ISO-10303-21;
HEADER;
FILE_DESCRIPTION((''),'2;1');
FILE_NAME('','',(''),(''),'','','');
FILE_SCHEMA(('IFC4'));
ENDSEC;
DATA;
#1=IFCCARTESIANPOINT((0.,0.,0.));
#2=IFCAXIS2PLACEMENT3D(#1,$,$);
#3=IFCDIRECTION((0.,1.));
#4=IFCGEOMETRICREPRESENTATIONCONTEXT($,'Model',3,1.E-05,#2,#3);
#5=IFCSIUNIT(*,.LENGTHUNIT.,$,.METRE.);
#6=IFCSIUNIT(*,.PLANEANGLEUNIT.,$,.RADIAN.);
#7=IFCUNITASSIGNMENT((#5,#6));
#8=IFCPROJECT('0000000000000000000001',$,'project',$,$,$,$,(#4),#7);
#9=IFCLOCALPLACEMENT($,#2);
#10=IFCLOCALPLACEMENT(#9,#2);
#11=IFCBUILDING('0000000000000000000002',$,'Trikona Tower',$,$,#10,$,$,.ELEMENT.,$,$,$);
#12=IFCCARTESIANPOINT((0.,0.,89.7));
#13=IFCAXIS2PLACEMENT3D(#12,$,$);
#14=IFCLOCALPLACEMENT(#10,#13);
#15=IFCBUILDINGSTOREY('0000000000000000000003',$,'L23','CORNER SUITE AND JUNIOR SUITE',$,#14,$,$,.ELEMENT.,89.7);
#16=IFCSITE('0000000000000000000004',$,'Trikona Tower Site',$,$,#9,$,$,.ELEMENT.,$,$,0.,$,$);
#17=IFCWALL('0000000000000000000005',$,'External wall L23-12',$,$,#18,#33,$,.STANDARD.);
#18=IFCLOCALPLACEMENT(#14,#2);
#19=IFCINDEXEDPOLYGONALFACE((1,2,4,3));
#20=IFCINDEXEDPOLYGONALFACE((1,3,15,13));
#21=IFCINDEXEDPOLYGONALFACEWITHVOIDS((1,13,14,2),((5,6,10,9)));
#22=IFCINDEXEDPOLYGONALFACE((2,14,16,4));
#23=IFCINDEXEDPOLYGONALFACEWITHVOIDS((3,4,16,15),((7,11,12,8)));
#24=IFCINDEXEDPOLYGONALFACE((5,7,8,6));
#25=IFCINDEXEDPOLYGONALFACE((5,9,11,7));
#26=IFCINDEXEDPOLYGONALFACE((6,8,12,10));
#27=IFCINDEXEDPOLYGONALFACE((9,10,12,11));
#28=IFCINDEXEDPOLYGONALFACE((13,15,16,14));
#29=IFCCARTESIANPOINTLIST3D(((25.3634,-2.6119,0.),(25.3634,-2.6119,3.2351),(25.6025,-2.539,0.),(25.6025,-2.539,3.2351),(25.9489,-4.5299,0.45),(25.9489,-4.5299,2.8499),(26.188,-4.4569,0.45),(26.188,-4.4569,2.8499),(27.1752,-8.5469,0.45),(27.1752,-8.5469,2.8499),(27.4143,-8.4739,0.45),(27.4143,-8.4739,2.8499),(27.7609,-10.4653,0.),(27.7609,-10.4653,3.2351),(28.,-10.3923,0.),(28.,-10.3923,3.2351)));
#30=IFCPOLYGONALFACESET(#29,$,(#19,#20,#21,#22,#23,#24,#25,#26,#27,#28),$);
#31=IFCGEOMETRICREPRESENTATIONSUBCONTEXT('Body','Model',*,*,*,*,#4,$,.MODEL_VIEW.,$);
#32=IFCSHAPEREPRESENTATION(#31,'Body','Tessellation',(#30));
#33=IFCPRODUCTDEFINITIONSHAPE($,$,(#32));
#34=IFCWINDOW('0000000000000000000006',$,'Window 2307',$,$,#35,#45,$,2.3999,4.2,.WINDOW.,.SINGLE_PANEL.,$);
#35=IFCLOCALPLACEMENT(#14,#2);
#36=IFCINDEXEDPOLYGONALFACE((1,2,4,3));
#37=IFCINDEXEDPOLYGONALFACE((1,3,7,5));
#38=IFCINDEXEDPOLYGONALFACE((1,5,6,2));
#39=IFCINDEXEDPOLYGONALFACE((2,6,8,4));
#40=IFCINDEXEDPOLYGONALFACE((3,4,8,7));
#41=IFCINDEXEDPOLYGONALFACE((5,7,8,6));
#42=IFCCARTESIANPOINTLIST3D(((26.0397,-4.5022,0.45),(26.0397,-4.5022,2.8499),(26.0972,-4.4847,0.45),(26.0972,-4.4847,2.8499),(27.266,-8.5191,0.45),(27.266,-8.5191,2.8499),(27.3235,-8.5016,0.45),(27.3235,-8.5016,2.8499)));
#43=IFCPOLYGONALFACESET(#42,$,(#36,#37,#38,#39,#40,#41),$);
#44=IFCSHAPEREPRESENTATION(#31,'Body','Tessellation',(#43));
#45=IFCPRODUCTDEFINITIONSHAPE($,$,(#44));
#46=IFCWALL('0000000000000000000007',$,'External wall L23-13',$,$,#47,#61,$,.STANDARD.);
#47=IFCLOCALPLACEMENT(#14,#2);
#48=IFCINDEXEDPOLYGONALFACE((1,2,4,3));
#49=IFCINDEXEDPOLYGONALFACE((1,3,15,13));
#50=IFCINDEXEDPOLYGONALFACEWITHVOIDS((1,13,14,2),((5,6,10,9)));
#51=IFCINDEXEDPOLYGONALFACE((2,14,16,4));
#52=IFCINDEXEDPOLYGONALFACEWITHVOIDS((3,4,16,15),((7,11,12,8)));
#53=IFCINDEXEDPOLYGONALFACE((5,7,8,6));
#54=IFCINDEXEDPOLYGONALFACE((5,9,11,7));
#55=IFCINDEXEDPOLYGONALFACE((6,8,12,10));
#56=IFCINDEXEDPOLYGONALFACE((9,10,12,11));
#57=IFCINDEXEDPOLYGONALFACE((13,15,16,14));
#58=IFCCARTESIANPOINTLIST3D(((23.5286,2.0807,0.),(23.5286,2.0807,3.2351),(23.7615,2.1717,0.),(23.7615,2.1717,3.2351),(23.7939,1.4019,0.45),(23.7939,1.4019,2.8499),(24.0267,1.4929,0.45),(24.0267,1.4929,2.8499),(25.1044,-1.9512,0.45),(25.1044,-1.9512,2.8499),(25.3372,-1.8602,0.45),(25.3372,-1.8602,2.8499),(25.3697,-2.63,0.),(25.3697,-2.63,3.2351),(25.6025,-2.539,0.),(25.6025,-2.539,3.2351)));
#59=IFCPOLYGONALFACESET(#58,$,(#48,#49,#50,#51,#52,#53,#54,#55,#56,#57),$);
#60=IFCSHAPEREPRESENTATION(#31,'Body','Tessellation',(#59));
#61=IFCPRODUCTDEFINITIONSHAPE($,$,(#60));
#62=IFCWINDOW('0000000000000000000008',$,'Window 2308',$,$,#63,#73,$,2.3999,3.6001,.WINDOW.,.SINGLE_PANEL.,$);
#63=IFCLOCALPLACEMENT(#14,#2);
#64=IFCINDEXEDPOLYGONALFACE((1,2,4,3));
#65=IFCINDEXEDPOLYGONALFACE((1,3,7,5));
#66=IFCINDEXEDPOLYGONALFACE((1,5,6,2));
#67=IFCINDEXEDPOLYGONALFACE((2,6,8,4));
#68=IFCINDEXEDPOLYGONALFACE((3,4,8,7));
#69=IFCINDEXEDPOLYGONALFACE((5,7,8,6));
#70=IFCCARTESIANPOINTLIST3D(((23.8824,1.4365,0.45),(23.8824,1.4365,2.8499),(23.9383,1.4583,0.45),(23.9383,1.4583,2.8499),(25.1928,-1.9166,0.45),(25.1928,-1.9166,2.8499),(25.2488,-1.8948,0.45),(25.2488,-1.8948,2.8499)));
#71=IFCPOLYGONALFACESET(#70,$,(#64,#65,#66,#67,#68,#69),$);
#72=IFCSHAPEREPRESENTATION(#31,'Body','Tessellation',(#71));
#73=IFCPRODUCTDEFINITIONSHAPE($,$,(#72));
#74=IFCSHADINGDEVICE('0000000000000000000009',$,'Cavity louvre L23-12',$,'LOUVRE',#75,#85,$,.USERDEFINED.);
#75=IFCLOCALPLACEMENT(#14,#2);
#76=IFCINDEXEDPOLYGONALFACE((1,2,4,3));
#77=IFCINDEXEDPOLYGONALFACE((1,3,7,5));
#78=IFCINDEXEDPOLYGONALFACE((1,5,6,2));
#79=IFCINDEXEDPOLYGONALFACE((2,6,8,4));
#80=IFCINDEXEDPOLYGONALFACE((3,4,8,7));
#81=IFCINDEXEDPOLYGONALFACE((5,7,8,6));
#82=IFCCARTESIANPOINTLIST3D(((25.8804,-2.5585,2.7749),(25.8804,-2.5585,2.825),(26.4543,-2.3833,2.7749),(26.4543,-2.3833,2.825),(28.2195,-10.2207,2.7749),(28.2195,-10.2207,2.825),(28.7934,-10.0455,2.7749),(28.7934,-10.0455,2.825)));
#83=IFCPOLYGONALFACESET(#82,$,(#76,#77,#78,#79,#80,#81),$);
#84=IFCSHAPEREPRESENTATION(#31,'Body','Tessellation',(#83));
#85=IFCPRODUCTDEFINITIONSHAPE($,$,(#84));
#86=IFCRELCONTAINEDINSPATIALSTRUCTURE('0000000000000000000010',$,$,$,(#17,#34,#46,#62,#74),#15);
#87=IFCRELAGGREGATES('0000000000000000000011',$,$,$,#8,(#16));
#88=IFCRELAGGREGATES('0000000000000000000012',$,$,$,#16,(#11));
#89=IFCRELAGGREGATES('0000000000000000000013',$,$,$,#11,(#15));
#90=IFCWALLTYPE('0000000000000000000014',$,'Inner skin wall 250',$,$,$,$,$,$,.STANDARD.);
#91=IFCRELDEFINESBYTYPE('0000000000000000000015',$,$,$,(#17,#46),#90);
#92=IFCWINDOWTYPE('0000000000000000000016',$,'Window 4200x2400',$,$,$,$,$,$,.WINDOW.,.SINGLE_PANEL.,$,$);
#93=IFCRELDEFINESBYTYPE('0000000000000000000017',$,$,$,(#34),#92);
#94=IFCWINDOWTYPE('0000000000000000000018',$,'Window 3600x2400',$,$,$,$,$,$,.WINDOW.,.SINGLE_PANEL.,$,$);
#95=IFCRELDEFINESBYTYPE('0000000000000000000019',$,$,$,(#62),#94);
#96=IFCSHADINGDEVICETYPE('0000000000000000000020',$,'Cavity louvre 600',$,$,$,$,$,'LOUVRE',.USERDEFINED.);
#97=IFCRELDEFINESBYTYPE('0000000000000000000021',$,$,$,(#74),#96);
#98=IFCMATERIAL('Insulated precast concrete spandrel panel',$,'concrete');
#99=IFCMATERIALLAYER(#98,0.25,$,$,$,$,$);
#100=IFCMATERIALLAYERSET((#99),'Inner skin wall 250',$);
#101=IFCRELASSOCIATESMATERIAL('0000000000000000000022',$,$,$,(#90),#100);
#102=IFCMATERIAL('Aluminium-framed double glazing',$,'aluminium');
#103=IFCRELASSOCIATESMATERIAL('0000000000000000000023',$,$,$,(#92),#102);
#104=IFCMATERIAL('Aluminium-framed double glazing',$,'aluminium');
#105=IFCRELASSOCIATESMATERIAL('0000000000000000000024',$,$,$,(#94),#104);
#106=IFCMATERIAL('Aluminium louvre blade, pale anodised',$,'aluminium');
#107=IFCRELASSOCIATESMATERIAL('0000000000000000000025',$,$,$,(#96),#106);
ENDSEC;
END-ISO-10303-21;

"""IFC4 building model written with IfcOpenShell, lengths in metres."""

from ifc_helpers import new_model, si_unit, direction, frame, frame_2d, origin, origin_2d, place, context, subcontext, project, spatial, rectangle, extrude, material, layer, layer_set, type_object, element, fill, save


model = new_model("IFC4")

# Units and contexts
model_context = context("Model", 3, precision=1e-05, world=origin(), true_north=direction((0.0, 1.0)))
body_context = subcontext(model_context, "Body", "Model", "MODEL_VIEW")
ifc_project = project(units=[si_unit("LENGTHUNIT", "METRE"), si_unit("PLANEANGLEUNIT", "RADIAN")], contexts=[model_context])

# Site, building, storey
site_placement = place(None, origin())
site = spatial("IfcSite", under=ifc_project, at=site_placement, Name="Trikona Tower Site", CompositionType="ELEMENT", RefElevation=0.0)
building_placement = place(site_placement, origin())
building = spatial("IfcBuilding", under=site, at=building_placement, Name="Trikona Tower", CompositionType="ELEMENT")
storey_placement = place(building_placement, frame((0.0, 0.0, 89.7)))
storey = spatial("IfcBuildingStorey", under=building, at=storey_placement, Name="L23", Description="CORNER SUITE AND JUNIOR SUITE", CompositionType="ELEMENT", Elevation=89.7)

# Walls, openings, windows
ifc_material_1 = material(Name="Insulated precast concrete spandrel panel", Category="concrete")
ifc_layer_1 = layer(ifc_material_1, 0.25)
ifc_layer_set_1 = layer_set([ifc_layer_1], Name="Inner skin wall 250")
wall_type = type_object("IfcWallType", Name="Inner skin wall 250", PredefinedType="STANDARD", material=ifc_layer_set_1)
wall_1_placement = place(storey_placement, frame((27.8804, -10.4287, 0.0), z_axis=(0.0, 0.0, 1.0), x_axis=(-0.291979, 0.956425, 0.0)))
wall_1 = element("IfcWall", 1, at=wall_1_placement, inside=storey, type_object=wall_type, Name="External wall L23-12", PredefinedType="STANDARD", context=body_context, shape_type="SweptSolid", body=[
    extrude(rectangle(XDim=8.2112, YDim=0.25, at=frame_2d((4.1055, 0.0))), origin(), (0.0, 0.0, 1.0), 3.2351),
])
opening_1_placement = place(wall_1_placement, frame((2.0056, 0.0, 0.45)))
opening_1 = element("IfcOpeningElement", 2, at=opening_1_placement, cuts=wall_1, PredefinedType="OPENING", context=body_context, shape_type="SweptSolid", body=[
    extrude(rectangle(XDim=4.2, YDim=2.3999, at=frame_2d((2.1001, 1.2))), frame((0.0, 0.135, 0.0), z_axis=(0.0, -1.0, 0.0), x_axis=(1.0, 0.0, 0.0)), (0.0, 0.0, 1.0), 0.27),
])
ifc_material_2 = material(Name="Aluminium-framed double glazing", Category="aluminium")
window_type_1 = type_object("IfcWindowType", Name="Window 4200x2400", PartitioningType="SINGLE_PANEL", PredefinedType="WINDOW", material=ifc_material_2)
window_1_placement = place(opening_1_placement, origin())
window_1 = element("IfcWindow", 3, at=window_1_placement, inside=storey, type_object=window_type_1, Name="Window 2307", OverallHeight=2.3999, OverallWidth=4.2, PartitioningType="SINGLE_PANEL", PredefinedType="WINDOW", context=body_context, shape_type="SweptSolid", body=[
    extrude(rectangle(XDim=4.2, YDim=2.3999, at=frame_2d((2.1001, 1.2))), frame((0.0, 0.03, 0.0), z_axis=(0.0, -1.0, 0.0), x_axis=(1.0, 0.0, 0.0)), (0.0, 0.0, 1.0), 0.0601),
])
fill(opening_1, window_1)
wall_2_placement = place(storey_placement, frame((25.4861, -2.5845, 0.0), z_axis=(0.0, 0.0, 1.0), x_axis=(-0.364013, 0.931394, 0.0)))
wall_2 = element("IfcWall", 4, at=wall_2_placement, inside=storey, type_object=wall_type, Name="External wall L23-13", PredefinedType="STANDARD", context=body_context, shape_type="SweptSolid", body=[
    extrude(rectangle(XDim=5.0576, YDim=0.25, at=frame_2d((2.5288, 0.0))), origin(), (0.0, 0.0, 1.0), 3.2351),
])
opening_2_placement = place(wall_2_placement, frame((0.7288, 0.0, 0.45)))
opening_2 = element("IfcOpeningElement", 5, at=opening_2_placement, cuts=wall_2, PredefinedType="OPENING", context=body_context, shape_type="SweptSolid", body=[
    extrude(rectangle(XDim=3.6001, YDim=2.3999, at=frame_2d((1.8, 1.2))), frame((0.0, 0.135, 0.0), z_axis=(0.0, -1.0, 0.0), x_axis=(1.0, 0.0, 0.0)), (0.0, 0.0, 1.0), 0.27),
])
ifc_material_3 = material(Name="Aluminium-framed double glazing", Category="aluminium")
window_type_2 = type_object("IfcWindowType", Name="Window 3600x2400", PartitioningType="SINGLE_PANEL", PredefinedType="WINDOW", material=ifc_material_3)
window_2_placement = place(opening_2_placement, origin())
window_2 = element("IfcWindow", 6, at=window_2_placement, inside=storey, type_object=window_type_2, Name="Window 2308", OverallHeight=2.3999, OverallWidth=3.6001, PartitioningType="SINGLE_PANEL", PredefinedType="WINDOW", context=body_context, shape_type="SweptSolid", body=[
    extrude(rectangle(XDim=3.6001, YDim=2.3999, at=frame_2d((1.8, 1.2))), frame((0.0, 0.03, 0.0), z_axis=(0.0, -1.0, 0.0), x_axis=(1.0, 0.0, 0.0)), (0.0, 0.0, 1.0), 0.0601),
])
fill(opening_2, window_2)

# Shading device
ifc_material_4 = material(Name="Aluminium louvre blade, pale anodised", Category="aluminium")
shading_device_type = type_object("IfcShadingDeviceType", Name="Cavity louvre 600", ElementType="LOUVRE", PredefinedType="USERDEFINED", material=ifc_material_4)
shading_device_placement = place(storey_placement, frame((27.3369, -6.302, 2.7749), z_axis=(0.0, 0.0, 1.0), x_axis=(-0.291979, 0.956425, 0.0)))
element("IfcShadingDevice", 7, at=shading_device_placement, inside=storey, type_object=shading_device_type, Name="Cavity louvre L23-12", ObjectType="LOUVRE", PredefinedType="USERDEFINED", context=body_context, shape_type="SweptSolid", body=[
    extrude(rectangle(XDim=8.0112, YDim=0.6001, at=origin_2d()), origin(), (0.0, 0.0, 1.0), 0.05),
])

save(model, "model.ifc")
